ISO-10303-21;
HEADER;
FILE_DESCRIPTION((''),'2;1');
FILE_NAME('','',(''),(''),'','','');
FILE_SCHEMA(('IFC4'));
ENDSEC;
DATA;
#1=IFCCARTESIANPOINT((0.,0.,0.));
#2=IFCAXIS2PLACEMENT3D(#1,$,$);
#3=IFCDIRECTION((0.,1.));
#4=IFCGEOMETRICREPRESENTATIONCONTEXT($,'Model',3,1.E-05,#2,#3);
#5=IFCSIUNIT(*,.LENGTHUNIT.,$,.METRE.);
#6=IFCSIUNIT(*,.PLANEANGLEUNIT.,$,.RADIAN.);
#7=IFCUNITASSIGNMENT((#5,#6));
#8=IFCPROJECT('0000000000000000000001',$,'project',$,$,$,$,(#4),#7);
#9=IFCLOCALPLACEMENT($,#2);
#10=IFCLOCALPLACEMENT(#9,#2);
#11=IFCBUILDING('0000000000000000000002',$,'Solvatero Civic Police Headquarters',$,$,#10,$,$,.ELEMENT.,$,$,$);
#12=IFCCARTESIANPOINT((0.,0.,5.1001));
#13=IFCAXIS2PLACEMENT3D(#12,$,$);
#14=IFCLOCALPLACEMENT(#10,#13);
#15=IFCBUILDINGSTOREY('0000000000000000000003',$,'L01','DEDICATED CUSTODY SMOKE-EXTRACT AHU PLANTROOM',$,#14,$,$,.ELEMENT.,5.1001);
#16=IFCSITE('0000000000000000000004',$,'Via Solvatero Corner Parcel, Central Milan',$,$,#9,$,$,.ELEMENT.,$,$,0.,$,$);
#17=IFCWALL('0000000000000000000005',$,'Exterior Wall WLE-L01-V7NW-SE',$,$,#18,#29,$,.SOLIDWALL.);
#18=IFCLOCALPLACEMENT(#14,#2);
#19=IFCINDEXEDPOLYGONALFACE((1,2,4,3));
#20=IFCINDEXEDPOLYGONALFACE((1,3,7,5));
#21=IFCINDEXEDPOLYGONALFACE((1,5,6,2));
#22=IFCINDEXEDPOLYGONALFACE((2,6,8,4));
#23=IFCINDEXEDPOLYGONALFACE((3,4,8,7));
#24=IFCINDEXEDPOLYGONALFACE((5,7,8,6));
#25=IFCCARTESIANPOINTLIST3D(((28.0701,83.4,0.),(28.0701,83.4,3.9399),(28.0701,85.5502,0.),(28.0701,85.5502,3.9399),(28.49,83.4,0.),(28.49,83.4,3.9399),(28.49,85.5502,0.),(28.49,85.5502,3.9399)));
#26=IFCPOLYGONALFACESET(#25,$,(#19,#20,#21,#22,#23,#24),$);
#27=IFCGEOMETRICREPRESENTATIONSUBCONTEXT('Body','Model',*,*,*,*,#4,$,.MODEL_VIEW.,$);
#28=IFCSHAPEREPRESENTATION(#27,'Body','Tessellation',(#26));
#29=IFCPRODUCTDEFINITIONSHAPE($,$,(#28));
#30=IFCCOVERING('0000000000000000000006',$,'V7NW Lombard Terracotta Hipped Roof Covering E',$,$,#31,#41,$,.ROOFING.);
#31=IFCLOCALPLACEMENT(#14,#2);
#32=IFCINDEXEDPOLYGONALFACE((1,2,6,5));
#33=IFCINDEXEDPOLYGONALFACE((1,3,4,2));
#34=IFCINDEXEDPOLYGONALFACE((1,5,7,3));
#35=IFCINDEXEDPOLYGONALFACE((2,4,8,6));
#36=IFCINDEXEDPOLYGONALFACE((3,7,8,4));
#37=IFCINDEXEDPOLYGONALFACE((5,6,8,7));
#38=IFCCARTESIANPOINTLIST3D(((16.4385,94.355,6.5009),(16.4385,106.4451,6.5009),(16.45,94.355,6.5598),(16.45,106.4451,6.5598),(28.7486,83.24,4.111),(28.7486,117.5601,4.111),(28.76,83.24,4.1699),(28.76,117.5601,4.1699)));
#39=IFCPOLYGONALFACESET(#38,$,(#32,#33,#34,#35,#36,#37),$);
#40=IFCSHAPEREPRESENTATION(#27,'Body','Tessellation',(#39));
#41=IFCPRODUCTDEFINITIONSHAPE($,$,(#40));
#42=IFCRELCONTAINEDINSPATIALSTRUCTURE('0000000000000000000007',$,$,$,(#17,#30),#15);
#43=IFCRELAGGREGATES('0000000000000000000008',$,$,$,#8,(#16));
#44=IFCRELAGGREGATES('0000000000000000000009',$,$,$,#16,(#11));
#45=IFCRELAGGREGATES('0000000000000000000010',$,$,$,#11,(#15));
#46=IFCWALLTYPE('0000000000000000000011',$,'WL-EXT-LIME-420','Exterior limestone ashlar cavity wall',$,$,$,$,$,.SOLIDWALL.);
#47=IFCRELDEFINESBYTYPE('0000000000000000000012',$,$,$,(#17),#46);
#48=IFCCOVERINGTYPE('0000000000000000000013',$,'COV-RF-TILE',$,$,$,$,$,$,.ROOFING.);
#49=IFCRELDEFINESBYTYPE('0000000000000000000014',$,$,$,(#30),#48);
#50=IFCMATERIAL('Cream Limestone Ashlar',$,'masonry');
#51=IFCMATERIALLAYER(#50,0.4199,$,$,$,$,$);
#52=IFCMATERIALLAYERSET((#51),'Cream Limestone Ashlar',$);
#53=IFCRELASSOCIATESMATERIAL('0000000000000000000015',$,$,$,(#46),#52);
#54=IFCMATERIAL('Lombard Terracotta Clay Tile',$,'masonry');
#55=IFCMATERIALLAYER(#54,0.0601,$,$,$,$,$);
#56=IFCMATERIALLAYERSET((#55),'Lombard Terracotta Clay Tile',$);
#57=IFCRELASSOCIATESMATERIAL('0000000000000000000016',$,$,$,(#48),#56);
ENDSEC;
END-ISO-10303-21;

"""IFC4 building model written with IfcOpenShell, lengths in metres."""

from ifc_helpers import new_model, si_unit, direction, frame, frame_2d, origin, place, context, subcontext, project, spatial, polyline, rectangle, outline, extrude, material, layer, layer_set, type_object, element, save


model = new_model("IFC4")

# Units and contexts
model_context = context("Model", 3, precision=1e-05, world=origin(), true_north=direction((0.0, 1.0)))
body_context = subcontext(model_context, "Body", "Model", "MODEL_VIEW")
ifc_project = project(units=[si_unit("LENGTHUNIT", "METRE"), si_unit("PLANEANGLEUNIT", "RADIAN")], contexts=[model_context])

# Site, building, storey
site_placement = place(None, origin())
site = spatial("IfcSite", under=ifc_project, at=site_placement, Name="Via Solvatero Corner Parcel, Central Milan", CompositionType="ELEMENT", RefElevation=0.0)
building_placement = place(site_placement, origin())
building = spatial("IfcBuilding", under=site, at=building_placement, Name="Solvatero Civic Police Headquarters", CompositionType="ELEMENT")
storey_placement = place(building_placement, frame((0.0, 0.0, 5.1001)))
storey = spatial("IfcBuildingStorey", under=building, at=storey_placement, Name="L01", Description="DEDICATED CUSTODY SMOKE-EXTRACT AHU PLANTROOM", CompositionType="ELEMENT", Elevation=5.1001)

# Wall
ifc_material_1 = material(Name="Cream Limestone Ashlar", Category="masonry")
ifc_layer_1 = layer(ifc_material_1, 0.4199)
ifc_layer_set_1 = layer_set([ifc_layer_1], Name="Cream Limestone Ashlar")
wall_type_1 = type_object("IfcWallType", Name="WL-EXT-LIME-420", Description="Exterior limestone ashlar cavity wall", PredefinedType="SOLIDWALL", material=ifc_layer_set_1)
wall_1_placement = place(storey_placement, frame((28.28, 83.3999, 0.0), z_axis=(0.0, 0.0, 1.0), x_axis=(0.0, 1.0, 0.0)))
element("IfcWall", 1, at=wall_1_placement, inside=storey, type_object=wall_type_1, Name="Exterior Wall WLE-L01-V7NW-SE", PredefinedType="SOLIDWALL", context=body_context, shape_type="SweptSolid", body=[
    extrude(rectangle(XDim=2.1501, YDim=0.4199, at=frame_2d((1.0752, 0.0))), origin(), (0.0, 0.0, 1.0), 3.9399),
])

# Covering
ifc_material_2 = material(Name="Lombard Terracotta Clay Tile", Category="masonry")
ifc_layer_2 = layer(ifc_material_2, 0.0601)
ifc_layer_set_2 = layer_set([ifc_layer_2], Name="Lombard Terracotta Clay Tile")
covering_type = type_object("IfcCoveringType", Name="COV-RF-TILE", PredefinedType="ROOFING", material=ifc_layer_set_2)
covering_placement = place(storey_placement, frame((28.76, 83.24, 4.1699), z_axis=(0.190583, 0.0, 0.981671), x_axis=(0.0, 1.0, 0.0)))
element("IfcCovering", 2, at=covering_placement, inside=storey, type_object=covering_type, Name="V7NW Lombard Terracotta Hipped Roof Covering E", PredefinedType="ROOFING", context=body_context, shape_type="SweptSolid", body=[
    extrude(outline(polyline([(0.0, 0.0), (34.3201, 0.0), (23.2051, 12.5399), (11.115, 12.5399), (0.0, 0.0)])), origin(), (0.0, 0.0, -1.0), 0.0601),
])

save(model, "model.ifc")
